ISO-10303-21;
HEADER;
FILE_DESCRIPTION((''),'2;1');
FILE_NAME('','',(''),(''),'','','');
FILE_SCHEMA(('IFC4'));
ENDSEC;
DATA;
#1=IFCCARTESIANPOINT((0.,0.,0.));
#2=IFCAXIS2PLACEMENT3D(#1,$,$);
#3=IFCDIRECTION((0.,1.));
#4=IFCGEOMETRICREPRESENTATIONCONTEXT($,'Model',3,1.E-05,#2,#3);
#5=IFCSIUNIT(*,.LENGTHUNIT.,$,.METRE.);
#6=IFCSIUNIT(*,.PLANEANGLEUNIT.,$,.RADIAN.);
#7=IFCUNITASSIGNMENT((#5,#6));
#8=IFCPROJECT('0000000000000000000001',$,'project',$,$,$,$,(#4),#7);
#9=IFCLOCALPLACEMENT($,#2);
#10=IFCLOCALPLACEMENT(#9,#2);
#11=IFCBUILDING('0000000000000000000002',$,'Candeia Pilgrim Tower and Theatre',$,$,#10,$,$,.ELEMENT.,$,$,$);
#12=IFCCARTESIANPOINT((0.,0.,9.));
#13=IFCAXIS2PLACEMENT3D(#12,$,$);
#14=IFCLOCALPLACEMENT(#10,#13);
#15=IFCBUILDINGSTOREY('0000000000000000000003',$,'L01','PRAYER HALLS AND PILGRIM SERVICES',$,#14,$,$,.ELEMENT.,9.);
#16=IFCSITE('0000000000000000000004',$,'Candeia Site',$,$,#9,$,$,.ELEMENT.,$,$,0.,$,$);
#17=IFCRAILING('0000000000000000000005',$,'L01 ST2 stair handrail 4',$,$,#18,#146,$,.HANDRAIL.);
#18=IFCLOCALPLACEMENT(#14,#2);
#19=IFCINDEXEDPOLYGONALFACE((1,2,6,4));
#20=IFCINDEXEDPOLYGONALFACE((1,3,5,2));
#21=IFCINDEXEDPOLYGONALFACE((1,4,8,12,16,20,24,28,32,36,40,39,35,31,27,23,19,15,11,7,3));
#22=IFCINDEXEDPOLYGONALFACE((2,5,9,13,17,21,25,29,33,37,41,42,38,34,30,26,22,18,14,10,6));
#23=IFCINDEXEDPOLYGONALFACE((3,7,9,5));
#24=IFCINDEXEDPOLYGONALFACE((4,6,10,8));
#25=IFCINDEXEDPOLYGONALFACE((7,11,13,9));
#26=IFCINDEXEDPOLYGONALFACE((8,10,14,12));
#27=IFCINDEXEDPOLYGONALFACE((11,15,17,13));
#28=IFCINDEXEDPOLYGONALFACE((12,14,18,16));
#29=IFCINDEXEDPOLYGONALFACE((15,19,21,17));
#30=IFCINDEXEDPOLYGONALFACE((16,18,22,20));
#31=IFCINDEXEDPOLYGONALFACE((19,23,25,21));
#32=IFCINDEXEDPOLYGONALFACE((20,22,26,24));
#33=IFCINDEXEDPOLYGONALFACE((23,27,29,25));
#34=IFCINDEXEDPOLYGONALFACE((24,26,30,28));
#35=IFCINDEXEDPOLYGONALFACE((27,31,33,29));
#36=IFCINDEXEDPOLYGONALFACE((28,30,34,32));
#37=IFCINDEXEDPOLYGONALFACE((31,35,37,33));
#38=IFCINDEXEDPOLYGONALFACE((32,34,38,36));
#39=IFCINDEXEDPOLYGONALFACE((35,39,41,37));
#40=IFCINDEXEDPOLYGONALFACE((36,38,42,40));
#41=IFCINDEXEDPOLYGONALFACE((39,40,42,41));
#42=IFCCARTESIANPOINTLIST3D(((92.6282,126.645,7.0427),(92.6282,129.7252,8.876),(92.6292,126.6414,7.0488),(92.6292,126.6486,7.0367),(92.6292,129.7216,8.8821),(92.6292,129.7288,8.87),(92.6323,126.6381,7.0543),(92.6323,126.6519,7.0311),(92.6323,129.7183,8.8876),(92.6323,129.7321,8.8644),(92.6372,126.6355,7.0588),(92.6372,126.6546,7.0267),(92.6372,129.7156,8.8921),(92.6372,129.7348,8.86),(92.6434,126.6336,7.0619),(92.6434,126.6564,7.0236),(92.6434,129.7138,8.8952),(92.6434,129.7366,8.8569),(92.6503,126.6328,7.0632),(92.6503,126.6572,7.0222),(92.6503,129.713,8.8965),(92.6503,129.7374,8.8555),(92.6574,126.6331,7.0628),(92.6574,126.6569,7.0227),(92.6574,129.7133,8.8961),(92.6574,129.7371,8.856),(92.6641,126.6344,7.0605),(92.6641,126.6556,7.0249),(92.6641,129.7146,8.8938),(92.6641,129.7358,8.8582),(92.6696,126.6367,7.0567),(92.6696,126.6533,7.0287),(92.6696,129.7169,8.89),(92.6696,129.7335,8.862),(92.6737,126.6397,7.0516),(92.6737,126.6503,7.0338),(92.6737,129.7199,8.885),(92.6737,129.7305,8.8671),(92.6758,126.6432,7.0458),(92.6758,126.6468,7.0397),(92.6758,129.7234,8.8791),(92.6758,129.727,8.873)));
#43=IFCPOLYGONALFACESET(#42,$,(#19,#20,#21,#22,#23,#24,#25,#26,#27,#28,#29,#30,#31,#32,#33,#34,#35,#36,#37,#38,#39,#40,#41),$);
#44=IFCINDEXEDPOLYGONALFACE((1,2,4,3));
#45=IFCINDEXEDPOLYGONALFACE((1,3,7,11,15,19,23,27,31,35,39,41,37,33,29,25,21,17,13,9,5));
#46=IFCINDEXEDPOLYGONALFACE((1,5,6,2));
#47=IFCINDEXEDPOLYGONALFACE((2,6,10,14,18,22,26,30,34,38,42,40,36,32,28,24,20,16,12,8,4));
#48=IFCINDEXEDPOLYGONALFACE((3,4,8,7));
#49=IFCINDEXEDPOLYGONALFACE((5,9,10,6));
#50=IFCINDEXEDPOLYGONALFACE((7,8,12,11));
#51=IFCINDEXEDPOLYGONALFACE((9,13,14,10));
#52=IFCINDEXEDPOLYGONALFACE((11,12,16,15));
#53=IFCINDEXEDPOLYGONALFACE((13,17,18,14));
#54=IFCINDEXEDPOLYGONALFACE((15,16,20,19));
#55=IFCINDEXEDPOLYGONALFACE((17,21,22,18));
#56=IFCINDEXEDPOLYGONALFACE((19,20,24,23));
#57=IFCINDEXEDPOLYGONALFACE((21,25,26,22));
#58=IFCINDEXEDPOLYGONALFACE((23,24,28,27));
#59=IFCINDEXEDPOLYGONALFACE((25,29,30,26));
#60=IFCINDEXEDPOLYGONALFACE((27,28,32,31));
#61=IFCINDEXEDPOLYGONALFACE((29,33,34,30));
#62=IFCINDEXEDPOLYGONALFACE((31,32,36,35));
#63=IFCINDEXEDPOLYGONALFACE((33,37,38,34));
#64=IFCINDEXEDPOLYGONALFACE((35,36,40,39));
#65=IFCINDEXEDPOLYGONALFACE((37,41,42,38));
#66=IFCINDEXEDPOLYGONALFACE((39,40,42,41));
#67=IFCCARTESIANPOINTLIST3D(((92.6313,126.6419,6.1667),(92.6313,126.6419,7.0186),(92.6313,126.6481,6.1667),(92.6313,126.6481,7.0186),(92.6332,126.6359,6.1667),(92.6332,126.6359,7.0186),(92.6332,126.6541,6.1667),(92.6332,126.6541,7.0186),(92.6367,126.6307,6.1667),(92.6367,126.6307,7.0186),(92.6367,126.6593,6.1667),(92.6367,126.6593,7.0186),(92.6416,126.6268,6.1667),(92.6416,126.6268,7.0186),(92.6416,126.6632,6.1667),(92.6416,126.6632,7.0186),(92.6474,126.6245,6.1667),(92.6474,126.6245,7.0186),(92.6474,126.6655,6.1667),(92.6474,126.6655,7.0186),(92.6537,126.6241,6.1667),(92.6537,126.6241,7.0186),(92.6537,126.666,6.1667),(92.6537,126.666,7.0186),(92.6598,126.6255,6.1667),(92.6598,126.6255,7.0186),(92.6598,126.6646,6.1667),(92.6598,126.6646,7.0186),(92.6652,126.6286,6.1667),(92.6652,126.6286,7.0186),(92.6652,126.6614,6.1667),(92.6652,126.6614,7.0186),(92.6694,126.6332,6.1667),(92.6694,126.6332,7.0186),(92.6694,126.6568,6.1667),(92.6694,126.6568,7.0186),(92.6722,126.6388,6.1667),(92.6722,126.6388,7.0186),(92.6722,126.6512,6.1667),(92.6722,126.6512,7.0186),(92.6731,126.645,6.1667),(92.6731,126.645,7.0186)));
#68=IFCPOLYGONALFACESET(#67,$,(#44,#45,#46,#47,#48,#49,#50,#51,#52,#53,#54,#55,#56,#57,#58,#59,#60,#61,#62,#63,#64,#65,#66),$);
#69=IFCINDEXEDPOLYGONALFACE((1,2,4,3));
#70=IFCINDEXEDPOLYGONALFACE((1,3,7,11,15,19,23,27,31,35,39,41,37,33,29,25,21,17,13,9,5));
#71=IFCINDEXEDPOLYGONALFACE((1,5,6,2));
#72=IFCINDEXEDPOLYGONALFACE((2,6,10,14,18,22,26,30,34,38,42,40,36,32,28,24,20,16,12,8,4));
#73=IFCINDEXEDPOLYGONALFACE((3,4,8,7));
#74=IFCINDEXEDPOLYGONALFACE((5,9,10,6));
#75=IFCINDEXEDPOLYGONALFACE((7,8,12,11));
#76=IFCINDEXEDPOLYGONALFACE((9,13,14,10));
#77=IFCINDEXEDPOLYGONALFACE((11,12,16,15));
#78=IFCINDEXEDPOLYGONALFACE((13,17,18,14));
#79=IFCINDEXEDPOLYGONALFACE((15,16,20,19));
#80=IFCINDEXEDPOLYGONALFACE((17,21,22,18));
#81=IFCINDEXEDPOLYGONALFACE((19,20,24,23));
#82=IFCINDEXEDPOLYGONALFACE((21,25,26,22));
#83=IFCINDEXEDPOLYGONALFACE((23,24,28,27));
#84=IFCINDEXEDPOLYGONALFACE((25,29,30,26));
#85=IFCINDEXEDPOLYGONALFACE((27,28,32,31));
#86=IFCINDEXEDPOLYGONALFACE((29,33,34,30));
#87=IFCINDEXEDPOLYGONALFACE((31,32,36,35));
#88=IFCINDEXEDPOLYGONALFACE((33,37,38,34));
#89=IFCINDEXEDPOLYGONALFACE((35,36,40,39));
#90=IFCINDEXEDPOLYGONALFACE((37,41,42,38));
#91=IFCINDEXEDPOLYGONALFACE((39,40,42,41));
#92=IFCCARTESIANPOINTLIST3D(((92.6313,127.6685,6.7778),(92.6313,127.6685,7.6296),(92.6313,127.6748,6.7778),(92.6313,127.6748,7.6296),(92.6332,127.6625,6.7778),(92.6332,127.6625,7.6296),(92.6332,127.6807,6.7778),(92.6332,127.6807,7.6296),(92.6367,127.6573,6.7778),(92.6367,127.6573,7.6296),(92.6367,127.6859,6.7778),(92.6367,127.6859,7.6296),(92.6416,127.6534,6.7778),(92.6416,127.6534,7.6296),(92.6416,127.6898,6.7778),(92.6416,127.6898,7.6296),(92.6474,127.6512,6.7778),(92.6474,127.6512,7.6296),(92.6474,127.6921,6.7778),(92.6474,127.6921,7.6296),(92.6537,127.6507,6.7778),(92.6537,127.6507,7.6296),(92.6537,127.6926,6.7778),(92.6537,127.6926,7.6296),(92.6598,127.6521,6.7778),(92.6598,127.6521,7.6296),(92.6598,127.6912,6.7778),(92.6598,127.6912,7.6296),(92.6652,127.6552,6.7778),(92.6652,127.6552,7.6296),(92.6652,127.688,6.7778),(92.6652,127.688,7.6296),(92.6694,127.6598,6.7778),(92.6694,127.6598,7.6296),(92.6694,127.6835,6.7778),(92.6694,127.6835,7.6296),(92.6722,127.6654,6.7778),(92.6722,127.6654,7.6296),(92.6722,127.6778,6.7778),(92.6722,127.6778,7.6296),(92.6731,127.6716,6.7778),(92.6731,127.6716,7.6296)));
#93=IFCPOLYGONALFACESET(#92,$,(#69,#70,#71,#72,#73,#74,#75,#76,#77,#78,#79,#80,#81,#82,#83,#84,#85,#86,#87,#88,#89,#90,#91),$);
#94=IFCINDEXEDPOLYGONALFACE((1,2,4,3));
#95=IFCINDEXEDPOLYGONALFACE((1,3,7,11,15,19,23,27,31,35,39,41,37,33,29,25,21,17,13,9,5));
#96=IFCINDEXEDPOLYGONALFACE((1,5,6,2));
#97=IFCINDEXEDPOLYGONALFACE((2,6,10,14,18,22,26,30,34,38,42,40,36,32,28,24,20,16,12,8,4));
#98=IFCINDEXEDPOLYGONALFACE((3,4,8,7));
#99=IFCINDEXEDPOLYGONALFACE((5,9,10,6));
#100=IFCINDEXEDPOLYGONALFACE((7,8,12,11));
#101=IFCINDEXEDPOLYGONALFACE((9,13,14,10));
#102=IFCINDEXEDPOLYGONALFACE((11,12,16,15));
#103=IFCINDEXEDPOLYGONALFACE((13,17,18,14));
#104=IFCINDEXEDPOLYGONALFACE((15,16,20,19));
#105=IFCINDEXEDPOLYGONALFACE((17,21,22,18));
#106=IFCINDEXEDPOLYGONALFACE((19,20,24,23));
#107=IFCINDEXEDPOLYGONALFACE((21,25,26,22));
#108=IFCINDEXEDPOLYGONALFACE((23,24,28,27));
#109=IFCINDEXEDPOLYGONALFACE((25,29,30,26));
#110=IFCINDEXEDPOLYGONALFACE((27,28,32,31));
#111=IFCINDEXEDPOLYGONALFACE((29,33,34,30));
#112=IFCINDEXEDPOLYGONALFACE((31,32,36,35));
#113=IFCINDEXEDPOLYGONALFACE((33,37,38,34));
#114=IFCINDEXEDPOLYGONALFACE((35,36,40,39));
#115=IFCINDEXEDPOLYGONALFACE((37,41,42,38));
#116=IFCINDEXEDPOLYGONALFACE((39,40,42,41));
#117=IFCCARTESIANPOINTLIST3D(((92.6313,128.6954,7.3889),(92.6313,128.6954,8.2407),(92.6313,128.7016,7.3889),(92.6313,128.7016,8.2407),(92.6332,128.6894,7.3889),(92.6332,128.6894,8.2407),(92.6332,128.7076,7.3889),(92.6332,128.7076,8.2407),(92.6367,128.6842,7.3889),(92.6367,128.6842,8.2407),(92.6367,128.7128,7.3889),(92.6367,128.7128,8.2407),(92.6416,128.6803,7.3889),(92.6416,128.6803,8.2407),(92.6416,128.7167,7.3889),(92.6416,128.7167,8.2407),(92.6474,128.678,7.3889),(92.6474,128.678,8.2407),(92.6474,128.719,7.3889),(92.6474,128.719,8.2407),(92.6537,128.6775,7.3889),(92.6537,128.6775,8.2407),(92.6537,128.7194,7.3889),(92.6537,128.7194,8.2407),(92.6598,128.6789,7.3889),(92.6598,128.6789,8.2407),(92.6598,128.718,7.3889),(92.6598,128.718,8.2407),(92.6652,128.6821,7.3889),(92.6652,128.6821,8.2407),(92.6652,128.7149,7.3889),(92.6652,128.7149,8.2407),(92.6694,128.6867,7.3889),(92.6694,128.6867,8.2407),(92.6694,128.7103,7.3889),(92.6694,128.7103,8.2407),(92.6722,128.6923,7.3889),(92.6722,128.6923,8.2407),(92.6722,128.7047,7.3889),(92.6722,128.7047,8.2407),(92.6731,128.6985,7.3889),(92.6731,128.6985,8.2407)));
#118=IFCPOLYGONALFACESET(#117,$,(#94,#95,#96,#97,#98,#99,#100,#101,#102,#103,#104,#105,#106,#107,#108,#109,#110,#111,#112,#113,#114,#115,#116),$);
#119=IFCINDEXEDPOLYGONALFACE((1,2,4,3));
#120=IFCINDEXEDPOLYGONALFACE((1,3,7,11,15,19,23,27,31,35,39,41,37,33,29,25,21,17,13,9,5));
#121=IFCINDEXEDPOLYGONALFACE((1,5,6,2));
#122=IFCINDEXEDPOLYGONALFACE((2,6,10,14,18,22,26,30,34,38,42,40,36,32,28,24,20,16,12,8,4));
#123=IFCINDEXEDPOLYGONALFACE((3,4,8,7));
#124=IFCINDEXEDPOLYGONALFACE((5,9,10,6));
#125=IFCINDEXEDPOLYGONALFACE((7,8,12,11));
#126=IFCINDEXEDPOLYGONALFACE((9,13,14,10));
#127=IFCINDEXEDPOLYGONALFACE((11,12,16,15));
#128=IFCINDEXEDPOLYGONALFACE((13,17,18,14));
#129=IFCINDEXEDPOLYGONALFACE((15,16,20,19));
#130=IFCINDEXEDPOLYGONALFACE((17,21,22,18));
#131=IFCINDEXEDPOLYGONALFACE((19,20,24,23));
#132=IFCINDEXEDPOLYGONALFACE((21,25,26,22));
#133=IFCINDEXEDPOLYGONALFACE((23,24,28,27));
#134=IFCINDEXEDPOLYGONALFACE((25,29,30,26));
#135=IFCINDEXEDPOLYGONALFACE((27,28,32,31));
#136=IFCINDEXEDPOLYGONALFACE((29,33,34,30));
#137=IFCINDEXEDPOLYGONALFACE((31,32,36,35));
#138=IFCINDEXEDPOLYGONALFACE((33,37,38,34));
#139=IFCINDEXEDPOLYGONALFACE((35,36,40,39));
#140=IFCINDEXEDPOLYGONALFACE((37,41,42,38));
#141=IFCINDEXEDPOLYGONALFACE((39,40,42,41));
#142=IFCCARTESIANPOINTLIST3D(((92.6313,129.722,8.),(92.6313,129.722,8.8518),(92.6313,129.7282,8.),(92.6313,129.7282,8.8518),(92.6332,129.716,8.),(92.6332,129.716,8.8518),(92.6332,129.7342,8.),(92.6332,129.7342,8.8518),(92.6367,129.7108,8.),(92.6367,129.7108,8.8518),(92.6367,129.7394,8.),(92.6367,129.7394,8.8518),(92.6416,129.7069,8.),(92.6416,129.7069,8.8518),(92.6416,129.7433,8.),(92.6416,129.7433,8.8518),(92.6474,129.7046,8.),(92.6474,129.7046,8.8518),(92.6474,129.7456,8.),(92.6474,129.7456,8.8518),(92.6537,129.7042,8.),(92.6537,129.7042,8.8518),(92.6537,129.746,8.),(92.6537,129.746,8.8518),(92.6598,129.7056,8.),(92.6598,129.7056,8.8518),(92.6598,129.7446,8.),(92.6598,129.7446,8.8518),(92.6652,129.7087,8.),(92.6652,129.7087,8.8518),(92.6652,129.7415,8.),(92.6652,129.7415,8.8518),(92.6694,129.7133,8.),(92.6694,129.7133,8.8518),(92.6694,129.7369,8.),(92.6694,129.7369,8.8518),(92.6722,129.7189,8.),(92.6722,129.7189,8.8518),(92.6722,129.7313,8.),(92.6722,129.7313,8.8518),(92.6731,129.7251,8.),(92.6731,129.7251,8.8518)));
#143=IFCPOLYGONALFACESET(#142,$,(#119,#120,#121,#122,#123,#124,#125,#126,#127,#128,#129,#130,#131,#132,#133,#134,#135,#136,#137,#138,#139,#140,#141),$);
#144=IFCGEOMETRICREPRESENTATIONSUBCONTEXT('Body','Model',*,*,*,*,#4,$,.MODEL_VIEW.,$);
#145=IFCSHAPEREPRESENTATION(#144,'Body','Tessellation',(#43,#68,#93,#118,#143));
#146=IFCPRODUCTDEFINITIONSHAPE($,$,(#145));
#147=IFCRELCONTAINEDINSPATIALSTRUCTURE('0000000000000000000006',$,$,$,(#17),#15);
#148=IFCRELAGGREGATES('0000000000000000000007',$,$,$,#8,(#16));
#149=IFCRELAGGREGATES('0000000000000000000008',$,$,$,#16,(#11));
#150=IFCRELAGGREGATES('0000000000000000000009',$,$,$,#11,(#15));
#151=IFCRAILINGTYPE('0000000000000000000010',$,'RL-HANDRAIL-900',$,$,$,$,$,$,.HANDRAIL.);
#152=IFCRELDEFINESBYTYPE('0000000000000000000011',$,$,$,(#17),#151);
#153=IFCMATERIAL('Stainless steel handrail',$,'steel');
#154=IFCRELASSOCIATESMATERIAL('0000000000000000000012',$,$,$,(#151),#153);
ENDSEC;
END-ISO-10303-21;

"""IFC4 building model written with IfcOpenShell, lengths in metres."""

from ifc_helpers import new_model, si_unit, direction, frame, origin, origin_2d, place, context, subcontext, project, spatial, circle, extrude, material, type_object, element, save


model = new_model("IFC4")

# Units and contexts
model_context = context("Model", 3, precision=1e-05, world=origin(), true_north=direction((0.0, 1.0)))
body_context = subcontext(model_context, "Body", "Model", "MODEL_VIEW")
ifc_project = project(units=[si_unit("LENGTHUNIT", "METRE"), si_unit("PLANEANGLEUNIT", "RADIAN")], contexts=[model_context])

# Site, building, storey
site_placement = place(None, origin())
site = spatial("IfcSite", under=ifc_project, at=site_placement, Name="Candeia Site", CompositionType="ELEMENT", RefElevation=0.0)
building_placement = place(site_placement, origin())
building = spatial("IfcBuilding", under=site, at=building_placement, Name="Candeia Pilgrim Tower and Theatre", CompositionType="ELEMENT")
storey_placement = place(building_placement, frame((0.0, 0.0, 9.0)))
storey = spatial("IfcBuildingStorey", under=building, at=storey_placement, Name="L01", Description="PRAYER HALLS AND PILGRIM SERVICES", CompositionType="ELEMENT", Elevation=9.0)

# Railing
ifc_material_1 = material(Name="Stainless steel handrail", Category="steel")
railing_type_1 = type_object("IfcRailingType", Name="RL-HANDRAIL-900", PredefinedType="HANDRAIL", material=ifc_material_1)
for number, where, name in (
    (1, (92.6521, 126.645, 6.1667), "L01 ST2 stair handrail 4"),
):
    element("IfcRailing", number, at=place(storey_placement, frame(where)), inside=storey, type_object=railing_type_1, Name=name, PredefinedType="HANDRAIL", context=body_context, shape_type="SweptSolid", body=[
        extrude(circle(Radius=0.0239, at=origin_2d()), frame((0.0, 0.0, 0.876), z_axis=(0.0, 0.859309, 0.511458), x_axis=(-1.0, 0.0, 0.0)), (0.0, 0.0, 1.0), 3.5845),
        extrude(circle(Radius=0.021, at=origin_2d()), origin(), (0.0, 0.0, 1.0), 0.8518),
        extrude(circle(Radius=0.021, at=origin_2d()), frame((0.0, 1.0266, 0.6111)), (0.0, 0.0, 1.0), 0.8518),
        extrude(circle(Radius=0.021, at=origin_2d()), frame((0.0, 2.0535, 1.2222)), (0.0, 0.0, 1.0), 0.8518),
        extrude(circle(Radius=0.021, at=origin_2d()), frame((0.0, 3.0801, 1.8333)), (0.0, 0.0, 1.0), 0.8518),
    ])

save(model, "model.ifc")
